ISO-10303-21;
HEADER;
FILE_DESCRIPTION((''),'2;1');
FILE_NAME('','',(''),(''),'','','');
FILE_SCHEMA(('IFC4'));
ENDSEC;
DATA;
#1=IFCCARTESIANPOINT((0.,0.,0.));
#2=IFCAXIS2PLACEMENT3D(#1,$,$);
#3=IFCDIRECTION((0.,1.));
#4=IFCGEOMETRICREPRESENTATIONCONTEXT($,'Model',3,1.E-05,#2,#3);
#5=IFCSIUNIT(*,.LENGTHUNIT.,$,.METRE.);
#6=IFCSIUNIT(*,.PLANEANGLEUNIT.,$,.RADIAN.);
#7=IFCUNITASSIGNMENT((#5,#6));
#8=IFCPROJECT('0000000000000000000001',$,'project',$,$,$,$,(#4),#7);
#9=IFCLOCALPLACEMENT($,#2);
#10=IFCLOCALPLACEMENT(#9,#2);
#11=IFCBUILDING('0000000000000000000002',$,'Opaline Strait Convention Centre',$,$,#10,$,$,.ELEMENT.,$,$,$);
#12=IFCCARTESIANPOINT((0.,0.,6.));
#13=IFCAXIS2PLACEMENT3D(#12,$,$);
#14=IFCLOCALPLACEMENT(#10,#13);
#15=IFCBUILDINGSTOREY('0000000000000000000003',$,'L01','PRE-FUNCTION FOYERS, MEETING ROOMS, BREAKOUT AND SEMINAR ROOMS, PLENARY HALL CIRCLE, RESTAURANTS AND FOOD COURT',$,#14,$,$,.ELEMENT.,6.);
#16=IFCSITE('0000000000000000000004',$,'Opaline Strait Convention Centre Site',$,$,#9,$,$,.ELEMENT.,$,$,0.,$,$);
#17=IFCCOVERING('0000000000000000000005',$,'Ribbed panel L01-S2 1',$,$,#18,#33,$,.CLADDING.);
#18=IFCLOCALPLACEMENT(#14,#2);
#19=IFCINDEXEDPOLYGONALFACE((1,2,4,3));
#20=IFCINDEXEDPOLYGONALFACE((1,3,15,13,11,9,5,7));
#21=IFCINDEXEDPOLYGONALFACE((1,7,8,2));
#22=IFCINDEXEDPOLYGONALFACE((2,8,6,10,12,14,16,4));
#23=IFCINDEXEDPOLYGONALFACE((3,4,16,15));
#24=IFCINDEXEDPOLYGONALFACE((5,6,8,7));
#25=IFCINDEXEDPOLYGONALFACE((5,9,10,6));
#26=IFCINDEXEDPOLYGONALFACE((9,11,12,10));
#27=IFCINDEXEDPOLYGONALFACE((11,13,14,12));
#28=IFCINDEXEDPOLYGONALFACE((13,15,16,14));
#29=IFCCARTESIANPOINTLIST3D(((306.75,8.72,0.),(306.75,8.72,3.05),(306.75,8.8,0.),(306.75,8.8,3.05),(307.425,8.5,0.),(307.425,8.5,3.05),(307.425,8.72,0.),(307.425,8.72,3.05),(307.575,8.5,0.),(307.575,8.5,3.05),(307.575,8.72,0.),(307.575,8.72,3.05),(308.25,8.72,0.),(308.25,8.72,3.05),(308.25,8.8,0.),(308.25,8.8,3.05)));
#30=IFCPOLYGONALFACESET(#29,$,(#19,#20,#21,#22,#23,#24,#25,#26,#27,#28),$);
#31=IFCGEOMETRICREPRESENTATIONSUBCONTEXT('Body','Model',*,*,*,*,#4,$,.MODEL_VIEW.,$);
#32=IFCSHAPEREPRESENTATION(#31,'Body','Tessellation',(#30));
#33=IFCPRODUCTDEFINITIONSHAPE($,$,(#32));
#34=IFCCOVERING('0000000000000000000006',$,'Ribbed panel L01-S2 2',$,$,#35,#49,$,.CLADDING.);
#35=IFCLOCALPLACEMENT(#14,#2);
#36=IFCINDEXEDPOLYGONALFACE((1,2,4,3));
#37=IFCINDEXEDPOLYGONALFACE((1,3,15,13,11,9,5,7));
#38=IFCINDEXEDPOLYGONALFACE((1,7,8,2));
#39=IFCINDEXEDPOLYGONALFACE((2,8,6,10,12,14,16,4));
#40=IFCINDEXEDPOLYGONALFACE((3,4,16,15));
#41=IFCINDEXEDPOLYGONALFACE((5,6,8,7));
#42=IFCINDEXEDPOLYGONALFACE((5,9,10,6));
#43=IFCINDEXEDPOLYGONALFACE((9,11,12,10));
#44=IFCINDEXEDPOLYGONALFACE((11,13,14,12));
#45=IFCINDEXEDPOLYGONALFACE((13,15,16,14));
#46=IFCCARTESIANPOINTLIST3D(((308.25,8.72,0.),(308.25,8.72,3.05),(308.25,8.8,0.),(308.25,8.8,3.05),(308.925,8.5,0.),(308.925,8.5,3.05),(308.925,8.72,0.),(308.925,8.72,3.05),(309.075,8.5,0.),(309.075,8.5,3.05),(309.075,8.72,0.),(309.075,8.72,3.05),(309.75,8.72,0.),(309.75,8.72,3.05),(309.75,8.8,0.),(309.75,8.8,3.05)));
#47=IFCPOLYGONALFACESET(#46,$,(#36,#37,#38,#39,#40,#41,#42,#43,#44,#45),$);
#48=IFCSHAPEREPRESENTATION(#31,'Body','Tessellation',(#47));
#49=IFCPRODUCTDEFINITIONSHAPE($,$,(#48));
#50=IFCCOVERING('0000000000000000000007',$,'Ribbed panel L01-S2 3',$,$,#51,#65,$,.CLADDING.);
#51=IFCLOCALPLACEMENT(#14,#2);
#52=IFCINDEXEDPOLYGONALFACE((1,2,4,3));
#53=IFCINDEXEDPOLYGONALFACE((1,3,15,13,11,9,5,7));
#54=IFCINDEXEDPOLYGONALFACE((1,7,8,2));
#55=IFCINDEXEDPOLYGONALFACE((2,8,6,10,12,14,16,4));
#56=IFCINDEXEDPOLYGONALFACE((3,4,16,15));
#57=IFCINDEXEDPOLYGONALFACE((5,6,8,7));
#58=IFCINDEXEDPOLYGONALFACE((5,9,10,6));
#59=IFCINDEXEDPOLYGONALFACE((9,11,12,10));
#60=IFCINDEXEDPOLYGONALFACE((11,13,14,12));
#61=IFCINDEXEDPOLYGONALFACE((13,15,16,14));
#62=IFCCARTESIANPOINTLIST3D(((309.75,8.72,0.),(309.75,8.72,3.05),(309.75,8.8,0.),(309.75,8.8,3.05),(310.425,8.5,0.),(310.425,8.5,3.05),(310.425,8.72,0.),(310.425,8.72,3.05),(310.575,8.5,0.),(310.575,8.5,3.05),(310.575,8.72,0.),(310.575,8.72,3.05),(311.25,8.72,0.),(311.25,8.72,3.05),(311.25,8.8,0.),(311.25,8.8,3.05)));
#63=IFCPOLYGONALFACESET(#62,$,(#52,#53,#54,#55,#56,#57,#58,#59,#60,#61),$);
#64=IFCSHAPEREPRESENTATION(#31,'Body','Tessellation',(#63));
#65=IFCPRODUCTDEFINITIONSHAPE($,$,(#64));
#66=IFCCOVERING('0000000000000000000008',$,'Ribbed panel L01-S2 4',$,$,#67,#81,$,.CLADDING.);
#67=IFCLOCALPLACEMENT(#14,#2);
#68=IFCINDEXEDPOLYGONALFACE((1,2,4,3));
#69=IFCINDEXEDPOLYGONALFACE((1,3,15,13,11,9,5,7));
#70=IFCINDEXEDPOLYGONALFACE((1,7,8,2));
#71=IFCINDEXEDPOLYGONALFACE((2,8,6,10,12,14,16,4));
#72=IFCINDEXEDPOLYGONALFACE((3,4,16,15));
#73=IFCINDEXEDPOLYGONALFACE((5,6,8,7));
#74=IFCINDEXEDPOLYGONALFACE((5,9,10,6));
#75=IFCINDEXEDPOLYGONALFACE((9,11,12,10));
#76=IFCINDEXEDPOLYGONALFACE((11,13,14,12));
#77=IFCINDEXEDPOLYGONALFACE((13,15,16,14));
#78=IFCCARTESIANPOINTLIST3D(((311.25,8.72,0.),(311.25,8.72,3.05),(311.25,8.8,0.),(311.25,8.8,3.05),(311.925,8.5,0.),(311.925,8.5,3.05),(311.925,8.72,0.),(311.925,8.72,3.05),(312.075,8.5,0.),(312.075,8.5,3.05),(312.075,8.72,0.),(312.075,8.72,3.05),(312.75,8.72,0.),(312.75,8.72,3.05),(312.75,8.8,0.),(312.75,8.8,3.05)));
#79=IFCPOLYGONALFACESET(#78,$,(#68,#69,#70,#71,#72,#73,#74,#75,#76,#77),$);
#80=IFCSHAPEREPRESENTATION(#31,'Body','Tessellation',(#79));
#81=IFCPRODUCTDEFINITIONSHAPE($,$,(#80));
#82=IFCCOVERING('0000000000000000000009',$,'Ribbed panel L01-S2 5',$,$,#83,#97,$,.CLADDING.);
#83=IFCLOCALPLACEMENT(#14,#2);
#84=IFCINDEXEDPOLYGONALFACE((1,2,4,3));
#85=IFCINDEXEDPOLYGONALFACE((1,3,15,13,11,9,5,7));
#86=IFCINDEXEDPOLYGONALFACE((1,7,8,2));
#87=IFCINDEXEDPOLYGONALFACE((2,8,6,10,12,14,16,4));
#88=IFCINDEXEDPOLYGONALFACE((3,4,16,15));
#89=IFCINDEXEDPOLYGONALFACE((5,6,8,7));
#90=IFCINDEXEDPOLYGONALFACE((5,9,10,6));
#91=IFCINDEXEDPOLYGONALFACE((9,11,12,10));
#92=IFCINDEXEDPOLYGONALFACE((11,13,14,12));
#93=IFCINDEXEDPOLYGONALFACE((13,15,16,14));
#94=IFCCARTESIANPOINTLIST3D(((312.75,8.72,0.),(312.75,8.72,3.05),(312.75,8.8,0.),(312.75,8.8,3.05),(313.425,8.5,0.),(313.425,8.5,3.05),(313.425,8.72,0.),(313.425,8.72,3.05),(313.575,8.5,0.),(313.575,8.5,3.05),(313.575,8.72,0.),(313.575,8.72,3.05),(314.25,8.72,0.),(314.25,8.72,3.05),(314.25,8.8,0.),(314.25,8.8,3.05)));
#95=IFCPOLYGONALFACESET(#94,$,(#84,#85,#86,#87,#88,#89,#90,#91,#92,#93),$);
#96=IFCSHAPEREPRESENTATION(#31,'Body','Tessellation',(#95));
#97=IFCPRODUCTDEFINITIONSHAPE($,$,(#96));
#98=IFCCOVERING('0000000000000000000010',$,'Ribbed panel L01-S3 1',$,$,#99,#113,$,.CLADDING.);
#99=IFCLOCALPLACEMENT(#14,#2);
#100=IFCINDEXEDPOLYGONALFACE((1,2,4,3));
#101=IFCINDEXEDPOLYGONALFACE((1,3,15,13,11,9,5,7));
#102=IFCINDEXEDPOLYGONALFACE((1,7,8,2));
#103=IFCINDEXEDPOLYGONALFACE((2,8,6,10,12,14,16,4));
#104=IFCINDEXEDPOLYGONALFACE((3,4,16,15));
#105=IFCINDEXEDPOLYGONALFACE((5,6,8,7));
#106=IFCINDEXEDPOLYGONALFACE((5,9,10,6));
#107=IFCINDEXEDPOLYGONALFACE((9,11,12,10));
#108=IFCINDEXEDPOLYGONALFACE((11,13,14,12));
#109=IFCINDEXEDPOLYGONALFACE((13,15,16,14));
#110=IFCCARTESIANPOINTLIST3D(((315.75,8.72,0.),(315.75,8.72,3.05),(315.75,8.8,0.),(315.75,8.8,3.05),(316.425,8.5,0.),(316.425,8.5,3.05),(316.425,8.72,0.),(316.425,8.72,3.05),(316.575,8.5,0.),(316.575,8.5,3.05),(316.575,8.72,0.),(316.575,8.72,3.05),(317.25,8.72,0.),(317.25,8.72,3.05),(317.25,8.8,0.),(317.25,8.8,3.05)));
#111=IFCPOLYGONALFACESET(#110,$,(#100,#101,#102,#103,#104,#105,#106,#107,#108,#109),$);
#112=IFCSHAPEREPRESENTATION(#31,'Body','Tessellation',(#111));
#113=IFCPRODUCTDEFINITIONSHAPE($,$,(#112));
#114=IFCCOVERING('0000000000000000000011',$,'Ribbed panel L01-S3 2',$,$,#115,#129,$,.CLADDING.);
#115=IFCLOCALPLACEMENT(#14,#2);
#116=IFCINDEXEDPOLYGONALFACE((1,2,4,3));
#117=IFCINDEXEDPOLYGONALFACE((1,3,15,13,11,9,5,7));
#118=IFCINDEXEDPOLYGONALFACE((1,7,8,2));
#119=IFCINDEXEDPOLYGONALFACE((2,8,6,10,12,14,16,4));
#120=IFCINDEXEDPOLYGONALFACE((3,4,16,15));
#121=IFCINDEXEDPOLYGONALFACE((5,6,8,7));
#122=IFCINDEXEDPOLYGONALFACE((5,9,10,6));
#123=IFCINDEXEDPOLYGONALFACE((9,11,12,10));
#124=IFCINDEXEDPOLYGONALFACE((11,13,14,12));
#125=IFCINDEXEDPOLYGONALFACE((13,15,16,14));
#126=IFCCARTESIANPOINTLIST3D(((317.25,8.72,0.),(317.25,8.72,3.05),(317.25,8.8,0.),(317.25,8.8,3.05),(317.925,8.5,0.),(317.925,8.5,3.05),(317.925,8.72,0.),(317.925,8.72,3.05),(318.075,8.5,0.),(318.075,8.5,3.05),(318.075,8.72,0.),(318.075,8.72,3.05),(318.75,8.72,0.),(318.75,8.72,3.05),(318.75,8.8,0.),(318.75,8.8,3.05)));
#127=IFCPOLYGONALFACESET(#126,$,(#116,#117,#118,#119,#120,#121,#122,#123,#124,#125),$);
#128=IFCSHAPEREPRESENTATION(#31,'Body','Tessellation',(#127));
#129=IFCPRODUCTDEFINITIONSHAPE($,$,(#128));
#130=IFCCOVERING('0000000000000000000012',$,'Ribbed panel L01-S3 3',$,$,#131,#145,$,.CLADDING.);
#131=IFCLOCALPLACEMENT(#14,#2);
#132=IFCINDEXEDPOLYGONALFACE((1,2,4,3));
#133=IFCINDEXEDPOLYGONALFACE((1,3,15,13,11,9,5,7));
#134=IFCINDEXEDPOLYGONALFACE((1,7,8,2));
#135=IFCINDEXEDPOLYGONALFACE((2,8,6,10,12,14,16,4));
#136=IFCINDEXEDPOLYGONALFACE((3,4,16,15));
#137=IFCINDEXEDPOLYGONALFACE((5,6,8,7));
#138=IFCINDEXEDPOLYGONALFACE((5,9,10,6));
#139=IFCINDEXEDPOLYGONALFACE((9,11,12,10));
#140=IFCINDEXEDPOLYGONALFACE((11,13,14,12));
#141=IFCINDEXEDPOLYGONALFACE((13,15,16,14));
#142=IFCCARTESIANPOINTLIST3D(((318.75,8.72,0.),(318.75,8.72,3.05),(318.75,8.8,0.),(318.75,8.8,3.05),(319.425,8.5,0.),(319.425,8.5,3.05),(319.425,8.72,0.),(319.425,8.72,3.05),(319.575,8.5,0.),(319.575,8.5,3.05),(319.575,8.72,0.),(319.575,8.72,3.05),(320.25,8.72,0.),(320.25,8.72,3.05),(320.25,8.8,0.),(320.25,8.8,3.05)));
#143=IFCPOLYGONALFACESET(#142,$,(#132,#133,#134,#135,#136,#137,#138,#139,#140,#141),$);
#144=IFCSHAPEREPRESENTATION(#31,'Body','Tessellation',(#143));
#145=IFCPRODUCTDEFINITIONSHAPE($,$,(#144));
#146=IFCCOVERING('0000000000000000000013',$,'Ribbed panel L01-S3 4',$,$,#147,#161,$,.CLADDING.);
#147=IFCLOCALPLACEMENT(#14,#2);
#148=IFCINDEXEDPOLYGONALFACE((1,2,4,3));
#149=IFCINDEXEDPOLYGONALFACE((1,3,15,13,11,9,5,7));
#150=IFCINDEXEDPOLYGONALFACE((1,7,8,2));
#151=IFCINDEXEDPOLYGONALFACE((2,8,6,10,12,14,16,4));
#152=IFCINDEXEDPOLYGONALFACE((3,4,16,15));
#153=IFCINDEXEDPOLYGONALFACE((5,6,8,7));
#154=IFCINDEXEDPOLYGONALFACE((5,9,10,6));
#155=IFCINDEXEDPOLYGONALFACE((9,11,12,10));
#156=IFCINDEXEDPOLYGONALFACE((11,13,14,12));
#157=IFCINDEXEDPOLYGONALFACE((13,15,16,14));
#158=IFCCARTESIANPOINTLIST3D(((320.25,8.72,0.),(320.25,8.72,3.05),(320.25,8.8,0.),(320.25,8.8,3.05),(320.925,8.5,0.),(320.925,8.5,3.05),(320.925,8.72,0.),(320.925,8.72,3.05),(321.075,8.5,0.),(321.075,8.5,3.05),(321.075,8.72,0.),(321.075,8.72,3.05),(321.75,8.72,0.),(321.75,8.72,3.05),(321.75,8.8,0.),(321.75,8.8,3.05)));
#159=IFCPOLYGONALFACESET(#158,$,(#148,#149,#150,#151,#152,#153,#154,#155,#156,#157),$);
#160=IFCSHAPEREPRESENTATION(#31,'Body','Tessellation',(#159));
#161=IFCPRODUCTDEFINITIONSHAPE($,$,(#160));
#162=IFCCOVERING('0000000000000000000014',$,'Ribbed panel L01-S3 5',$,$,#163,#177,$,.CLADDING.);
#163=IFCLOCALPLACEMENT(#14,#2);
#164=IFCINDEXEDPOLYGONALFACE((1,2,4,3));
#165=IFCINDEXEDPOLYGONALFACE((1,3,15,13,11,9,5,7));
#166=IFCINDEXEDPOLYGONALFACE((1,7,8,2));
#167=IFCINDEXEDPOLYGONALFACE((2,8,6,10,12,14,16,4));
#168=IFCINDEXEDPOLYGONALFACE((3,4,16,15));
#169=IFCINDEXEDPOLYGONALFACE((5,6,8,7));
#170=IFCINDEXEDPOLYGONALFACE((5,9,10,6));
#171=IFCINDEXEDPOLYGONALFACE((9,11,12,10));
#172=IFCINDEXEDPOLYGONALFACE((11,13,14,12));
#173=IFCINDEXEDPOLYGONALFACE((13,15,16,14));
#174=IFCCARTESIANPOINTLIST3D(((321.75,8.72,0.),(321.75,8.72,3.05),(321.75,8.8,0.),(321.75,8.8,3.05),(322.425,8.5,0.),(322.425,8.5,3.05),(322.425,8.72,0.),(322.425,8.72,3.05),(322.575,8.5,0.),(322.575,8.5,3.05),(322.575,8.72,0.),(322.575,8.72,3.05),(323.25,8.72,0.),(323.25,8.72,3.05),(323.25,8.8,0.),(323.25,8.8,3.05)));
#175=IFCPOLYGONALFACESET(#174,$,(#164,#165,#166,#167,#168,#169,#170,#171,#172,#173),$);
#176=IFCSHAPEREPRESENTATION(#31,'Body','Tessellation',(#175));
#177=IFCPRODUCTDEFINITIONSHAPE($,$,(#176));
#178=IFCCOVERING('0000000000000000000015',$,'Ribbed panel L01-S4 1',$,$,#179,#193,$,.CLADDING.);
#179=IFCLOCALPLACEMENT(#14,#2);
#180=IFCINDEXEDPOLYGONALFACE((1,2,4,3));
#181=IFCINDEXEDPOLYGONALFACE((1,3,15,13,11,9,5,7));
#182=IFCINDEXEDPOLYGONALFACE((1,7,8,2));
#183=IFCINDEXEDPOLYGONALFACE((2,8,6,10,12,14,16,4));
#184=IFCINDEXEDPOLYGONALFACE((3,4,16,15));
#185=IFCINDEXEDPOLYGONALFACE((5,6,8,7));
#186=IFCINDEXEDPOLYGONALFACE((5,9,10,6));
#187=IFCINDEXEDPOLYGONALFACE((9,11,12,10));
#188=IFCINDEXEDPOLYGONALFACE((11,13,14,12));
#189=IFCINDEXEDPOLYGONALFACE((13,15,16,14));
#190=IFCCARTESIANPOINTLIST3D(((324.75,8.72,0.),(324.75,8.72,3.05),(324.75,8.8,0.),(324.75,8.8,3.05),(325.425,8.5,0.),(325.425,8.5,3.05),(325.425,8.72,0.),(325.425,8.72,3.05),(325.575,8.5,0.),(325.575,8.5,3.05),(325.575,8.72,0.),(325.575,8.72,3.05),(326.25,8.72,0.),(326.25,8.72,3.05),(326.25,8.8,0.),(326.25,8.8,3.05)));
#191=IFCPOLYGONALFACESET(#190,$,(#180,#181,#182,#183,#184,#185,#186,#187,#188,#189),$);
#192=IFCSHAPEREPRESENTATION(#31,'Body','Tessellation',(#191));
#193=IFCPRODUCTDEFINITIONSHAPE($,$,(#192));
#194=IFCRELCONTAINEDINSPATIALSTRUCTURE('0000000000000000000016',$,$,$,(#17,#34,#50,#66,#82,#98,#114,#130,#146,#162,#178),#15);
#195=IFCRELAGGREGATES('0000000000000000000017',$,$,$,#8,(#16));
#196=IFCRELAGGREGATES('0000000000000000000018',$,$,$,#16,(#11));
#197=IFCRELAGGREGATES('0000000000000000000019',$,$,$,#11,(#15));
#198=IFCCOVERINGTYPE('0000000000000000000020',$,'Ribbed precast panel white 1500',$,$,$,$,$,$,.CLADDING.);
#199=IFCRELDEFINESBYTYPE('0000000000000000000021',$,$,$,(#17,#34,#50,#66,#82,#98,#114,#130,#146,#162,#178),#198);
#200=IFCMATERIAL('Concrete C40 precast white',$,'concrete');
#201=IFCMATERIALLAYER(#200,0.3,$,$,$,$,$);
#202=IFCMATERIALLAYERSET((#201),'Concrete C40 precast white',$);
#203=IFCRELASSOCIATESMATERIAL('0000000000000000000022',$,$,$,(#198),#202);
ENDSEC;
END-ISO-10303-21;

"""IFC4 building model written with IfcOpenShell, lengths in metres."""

from ifc_helpers import new_model, si_unit, direction, frame, origin, place, context, subcontext, project, spatial, polyline, outline, extrude, material, layer, layer_set, type_object, element, save


model = new_model("IFC4")

# Units and contexts
model_context = context("Model", 3, precision=1e-05, world=origin(), true_north=direction((0.0, 1.0)))
body_context = subcontext(model_context, "Body", "Model", "MODEL_VIEW")
ifc_project = project(units=[si_unit("LENGTHUNIT", "METRE"), si_unit("PLANEANGLEUNIT", "RADIAN")], contexts=[model_context])

# Site, building, storey
site_placement = place(None, origin())
site = spatial("IfcSite", under=ifc_project, at=site_placement, Name="Opaline Strait Convention Centre Site", CompositionType="ELEMENT", RefElevation=0.0)
building_placement = place(site_placement, origin())
building = spatial("IfcBuilding", under=site, at=building_placement, Name="Opaline Strait Convention Centre", CompositionType="ELEMENT")
storey_placement = place(building_placement, frame((0.0, 0.0, 6.0)))
storey = spatial("IfcBuildingStorey", under=building, at=storey_placement, Name="L01", Description="PRE-FUNCTION FOYERS, MEETING ROOMS, BREAKOUT AND SEMINAR ROOMS, PLENARY HALL CIRCLE, RESTAURANTS AND FOOD COURT", CompositionType="ELEMENT", Elevation=6.0)

# Coverings
ifc_material = material(Name="Concrete C40 precast white", Category="concrete")
ifc_layer = layer(ifc_material, 0.3)
ifc_layer_set = layer_set([ifc_layer], Name="Concrete C40 precast white")
covering_type = type_object("IfcCoveringType", Name="Ribbed precast panel white 1500", PredefinedType="CLADDING", material=ifc_layer_set)
covering_1_placement = place(storey_placement, origin())
element("IfcCovering", 1, at=covering_1_placement, inside=storey, type_object=covering_type, Name="Ribbed panel L01-S2 1", PredefinedType="CLADDING", context=body_context, shape_type="SweptSolid", body=[
    extrude(outline(polyline([(306.75, 8.8), (308.25, 8.8), (308.25, 8.72), (307.575, 8.72), (307.575, 8.5), (307.425, 8.5), (307.425, 8.72), (306.75, 8.72), (306.75, 8.8)])), origin(), (0.0, 0.0, 1.0), 3.05),
])
covering_2_placement = place(storey_placement, origin())
element("IfcCovering", 2, at=covering_2_placement, inside=storey, type_object=covering_type, Name="Ribbed panel L01-S2 2", PredefinedType="CLADDING", context=body_context, shape_type="SweptSolid", body=[
    extrude(outline(polyline([(308.25, 8.8), (309.75, 8.8), (309.75, 8.72), (309.075, 8.72), (309.075, 8.5), (308.925, 8.5), (308.925, 8.72), (308.25, 8.72), (308.25, 8.8)])), origin(), (0.0, 0.0, 1.0), 3.05),
])
covering_3_placement = place(storey_placement, origin())
element("IfcCovering", 3, at=covering_3_placement, inside=storey, type_object=covering_type, Name="Ribbed panel L01-S2 3", PredefinedType="CLADDING", context=body_context, shape_type="SweptSolid", body=[
    extrude(outline(polyline([(309.75, 8.8), (311.25, 8.8), (311.25, 8.72), (310.575, 8.72), (310.575, 8.5), (310.425, 8.5), (310.425, 8.72), (309.75, 8.72), (309.75, 8.8)])), origin(), (0.0, 0.0, 1.0), 3.05),
])
covering_4_placement = place(storey_placement, origin())
element("IfcCovering", 4, at=covering_4_placement, inside=storey, type_object=covering_type, Name="Ribbed panel L01-S2 4", PredefinedType="CLADDING", context=body_context, shape_type="SweptSolid", body=[
    extrude(outline(polyline([(311.25, 8.8), (312.75, 8.8), (312.75, 8.72), (312.075, 8.72), (312.075, 8.5), (311.925, 8.5), (311.925, 8.72), (311.25, 8.72), (311.25, 8.8)])), origin(), (0.0, 0.0, 1.0), 3.05),
])
covering_5_placement = place(storey_placement, origin())
element("IfcCovering", 5, at=covering_5_placement, inside=storey, type_object=covering_type, Name="Ribbed panel L01-S2 5", PredefinedType="CLADDING", context=body_context, shape_type="SweptSolid", body=[
    extrude(outline(polyline([(312.75, 8.8), (314.25, 8.8), (314.25, 8.72), (313.575, 8.72), (313.575, 8.5), (313.425, 8.5), (313.425, 8.72), (312.75, 8.72), (312.75, 8.8)])), origin(), (0.0, 0.0, 1.0), 3.05),
])
covering_6_placement = place(storey_placement, origin())
element("IfcCovering", 6, at=covering_6_placement, inside=storey, type_object=covering_type, Name="Ribbed panel L01-S3 1", PredefinedType="CLADDING", context=body_context, shape_type="SweptSolid", body=[
    extrude(outline(polyline([(315.75, 8.8), (317.25, 8.8), (317.25, 8.72), (316.575, 8.72), (316.575, 8.5), (316.425, 8.5), (316.425, 8.72), (315.75, 8.72), (315.75, 8.8)])), origin(), (0.0, 0.0, 1.0), 3.05),
])
covering_7_placement = place(storey_placement, origin())
element("IfcCovering", 7, at=covering_7_placement, inside=storey, type_object=covering_type, Name="Ribbed panel L01-S3 2", PredefinedType="CLADDING", context=body_context, shape_type="SweptSolid", body=[
    extrude(outline(polyline([(317.25, 8.8), (318.75, 8.8), (318.75, 8.72), (318.075, 8.72), (318.075, 8.5), (317.925, 8.5), (317.925, 8.72), (317.25, 8.72), (317.25, 8.8)])), origin(), (0.0, 0.0, 1.0), 3.05),
])
covering_8_placement = place(storey_placement, origin())
element("IfcCovering", 8, at=covering_8_placement, inside=storey, type_object=covering_type, Name="Ribbed panel L01-S3 3", PredefinedType="CLADDING", context=body_context, shape_type="SweptSolid", body=[
    extrude(outline(polyline([(318.75, 8.8), (320.25, 8.8), (320.25, 8.72), (319.575, 8.72), (319.575, 8.5), (319.425, 8.5), (319.425, 8.72), (318.75, 8.72), (318.75, 8.8)])), origin(), (0.0, 0.0, 1.0), 3.05),
])
covering_9_placement = place(storey_placement, origin())
element("IfcCovering", 9, at=covering_9_placement, inside=storey, type_object=covering_type, Name="Ribbed panel L01-S3 4", PredefinedType="CLADDING", context=body_context, shape_type="SweptSolid", body=[
    extrude(outline(polyline([(320.25, 8.8), (321.75, 8.8), (321.75, 8.72), (321.075, 8.72), (321.075, 8.5), (320.925, 8.5), (320.925, 8.72), (320.25, 8.72), (320.25, 8.8)])), origin(), (0.0, 0.0, 1.0), 3.05),
])
covering_10_placement = place(storey_placement, origin())
element("IfcCovering", 10, at=covering_10_placement, inside=storey, type_object=covering_type, Name="Ribbed panel L01-S3 5", PredefinedType="CLADDING", context=body_context, shape_type="SweptSolid", body=[
    extrude(outline(polyline([(321.75, 8.8), (323.25, 8.8), (323.25, 8.72), (322.575, 8.72), (322.575, 8.5), (322.425, 8.5), (322.425, 8.72), (321.75, 8.72), (321.75, 8.8)])), origin(), (0.0, 0.0, 1.0), 3.05),
])
covering_11_placement = place(storey_placement, origin())
element("IfcCovering", 11, at=covering_11_placement, inside=storey, type_object=covering_type, Name="Ribbed panel L01-S4 1", PredefinedType="CLADDING", context=body_context, shape_type="SweptSolid", body=[
    extrude(outline(polyline([(324.75, 8.8), (326.25, 8.8), (326.25, 8.72), (325.575, 8.72), (325.575, 8.5), (325.425, 8.5), (325.425, 8.72), (324.75, 8.72), (324.75, 8.8)])), origin(), (0.0, 0.0, 1.0), 3.05),
])

save(model, "model.ifc")
